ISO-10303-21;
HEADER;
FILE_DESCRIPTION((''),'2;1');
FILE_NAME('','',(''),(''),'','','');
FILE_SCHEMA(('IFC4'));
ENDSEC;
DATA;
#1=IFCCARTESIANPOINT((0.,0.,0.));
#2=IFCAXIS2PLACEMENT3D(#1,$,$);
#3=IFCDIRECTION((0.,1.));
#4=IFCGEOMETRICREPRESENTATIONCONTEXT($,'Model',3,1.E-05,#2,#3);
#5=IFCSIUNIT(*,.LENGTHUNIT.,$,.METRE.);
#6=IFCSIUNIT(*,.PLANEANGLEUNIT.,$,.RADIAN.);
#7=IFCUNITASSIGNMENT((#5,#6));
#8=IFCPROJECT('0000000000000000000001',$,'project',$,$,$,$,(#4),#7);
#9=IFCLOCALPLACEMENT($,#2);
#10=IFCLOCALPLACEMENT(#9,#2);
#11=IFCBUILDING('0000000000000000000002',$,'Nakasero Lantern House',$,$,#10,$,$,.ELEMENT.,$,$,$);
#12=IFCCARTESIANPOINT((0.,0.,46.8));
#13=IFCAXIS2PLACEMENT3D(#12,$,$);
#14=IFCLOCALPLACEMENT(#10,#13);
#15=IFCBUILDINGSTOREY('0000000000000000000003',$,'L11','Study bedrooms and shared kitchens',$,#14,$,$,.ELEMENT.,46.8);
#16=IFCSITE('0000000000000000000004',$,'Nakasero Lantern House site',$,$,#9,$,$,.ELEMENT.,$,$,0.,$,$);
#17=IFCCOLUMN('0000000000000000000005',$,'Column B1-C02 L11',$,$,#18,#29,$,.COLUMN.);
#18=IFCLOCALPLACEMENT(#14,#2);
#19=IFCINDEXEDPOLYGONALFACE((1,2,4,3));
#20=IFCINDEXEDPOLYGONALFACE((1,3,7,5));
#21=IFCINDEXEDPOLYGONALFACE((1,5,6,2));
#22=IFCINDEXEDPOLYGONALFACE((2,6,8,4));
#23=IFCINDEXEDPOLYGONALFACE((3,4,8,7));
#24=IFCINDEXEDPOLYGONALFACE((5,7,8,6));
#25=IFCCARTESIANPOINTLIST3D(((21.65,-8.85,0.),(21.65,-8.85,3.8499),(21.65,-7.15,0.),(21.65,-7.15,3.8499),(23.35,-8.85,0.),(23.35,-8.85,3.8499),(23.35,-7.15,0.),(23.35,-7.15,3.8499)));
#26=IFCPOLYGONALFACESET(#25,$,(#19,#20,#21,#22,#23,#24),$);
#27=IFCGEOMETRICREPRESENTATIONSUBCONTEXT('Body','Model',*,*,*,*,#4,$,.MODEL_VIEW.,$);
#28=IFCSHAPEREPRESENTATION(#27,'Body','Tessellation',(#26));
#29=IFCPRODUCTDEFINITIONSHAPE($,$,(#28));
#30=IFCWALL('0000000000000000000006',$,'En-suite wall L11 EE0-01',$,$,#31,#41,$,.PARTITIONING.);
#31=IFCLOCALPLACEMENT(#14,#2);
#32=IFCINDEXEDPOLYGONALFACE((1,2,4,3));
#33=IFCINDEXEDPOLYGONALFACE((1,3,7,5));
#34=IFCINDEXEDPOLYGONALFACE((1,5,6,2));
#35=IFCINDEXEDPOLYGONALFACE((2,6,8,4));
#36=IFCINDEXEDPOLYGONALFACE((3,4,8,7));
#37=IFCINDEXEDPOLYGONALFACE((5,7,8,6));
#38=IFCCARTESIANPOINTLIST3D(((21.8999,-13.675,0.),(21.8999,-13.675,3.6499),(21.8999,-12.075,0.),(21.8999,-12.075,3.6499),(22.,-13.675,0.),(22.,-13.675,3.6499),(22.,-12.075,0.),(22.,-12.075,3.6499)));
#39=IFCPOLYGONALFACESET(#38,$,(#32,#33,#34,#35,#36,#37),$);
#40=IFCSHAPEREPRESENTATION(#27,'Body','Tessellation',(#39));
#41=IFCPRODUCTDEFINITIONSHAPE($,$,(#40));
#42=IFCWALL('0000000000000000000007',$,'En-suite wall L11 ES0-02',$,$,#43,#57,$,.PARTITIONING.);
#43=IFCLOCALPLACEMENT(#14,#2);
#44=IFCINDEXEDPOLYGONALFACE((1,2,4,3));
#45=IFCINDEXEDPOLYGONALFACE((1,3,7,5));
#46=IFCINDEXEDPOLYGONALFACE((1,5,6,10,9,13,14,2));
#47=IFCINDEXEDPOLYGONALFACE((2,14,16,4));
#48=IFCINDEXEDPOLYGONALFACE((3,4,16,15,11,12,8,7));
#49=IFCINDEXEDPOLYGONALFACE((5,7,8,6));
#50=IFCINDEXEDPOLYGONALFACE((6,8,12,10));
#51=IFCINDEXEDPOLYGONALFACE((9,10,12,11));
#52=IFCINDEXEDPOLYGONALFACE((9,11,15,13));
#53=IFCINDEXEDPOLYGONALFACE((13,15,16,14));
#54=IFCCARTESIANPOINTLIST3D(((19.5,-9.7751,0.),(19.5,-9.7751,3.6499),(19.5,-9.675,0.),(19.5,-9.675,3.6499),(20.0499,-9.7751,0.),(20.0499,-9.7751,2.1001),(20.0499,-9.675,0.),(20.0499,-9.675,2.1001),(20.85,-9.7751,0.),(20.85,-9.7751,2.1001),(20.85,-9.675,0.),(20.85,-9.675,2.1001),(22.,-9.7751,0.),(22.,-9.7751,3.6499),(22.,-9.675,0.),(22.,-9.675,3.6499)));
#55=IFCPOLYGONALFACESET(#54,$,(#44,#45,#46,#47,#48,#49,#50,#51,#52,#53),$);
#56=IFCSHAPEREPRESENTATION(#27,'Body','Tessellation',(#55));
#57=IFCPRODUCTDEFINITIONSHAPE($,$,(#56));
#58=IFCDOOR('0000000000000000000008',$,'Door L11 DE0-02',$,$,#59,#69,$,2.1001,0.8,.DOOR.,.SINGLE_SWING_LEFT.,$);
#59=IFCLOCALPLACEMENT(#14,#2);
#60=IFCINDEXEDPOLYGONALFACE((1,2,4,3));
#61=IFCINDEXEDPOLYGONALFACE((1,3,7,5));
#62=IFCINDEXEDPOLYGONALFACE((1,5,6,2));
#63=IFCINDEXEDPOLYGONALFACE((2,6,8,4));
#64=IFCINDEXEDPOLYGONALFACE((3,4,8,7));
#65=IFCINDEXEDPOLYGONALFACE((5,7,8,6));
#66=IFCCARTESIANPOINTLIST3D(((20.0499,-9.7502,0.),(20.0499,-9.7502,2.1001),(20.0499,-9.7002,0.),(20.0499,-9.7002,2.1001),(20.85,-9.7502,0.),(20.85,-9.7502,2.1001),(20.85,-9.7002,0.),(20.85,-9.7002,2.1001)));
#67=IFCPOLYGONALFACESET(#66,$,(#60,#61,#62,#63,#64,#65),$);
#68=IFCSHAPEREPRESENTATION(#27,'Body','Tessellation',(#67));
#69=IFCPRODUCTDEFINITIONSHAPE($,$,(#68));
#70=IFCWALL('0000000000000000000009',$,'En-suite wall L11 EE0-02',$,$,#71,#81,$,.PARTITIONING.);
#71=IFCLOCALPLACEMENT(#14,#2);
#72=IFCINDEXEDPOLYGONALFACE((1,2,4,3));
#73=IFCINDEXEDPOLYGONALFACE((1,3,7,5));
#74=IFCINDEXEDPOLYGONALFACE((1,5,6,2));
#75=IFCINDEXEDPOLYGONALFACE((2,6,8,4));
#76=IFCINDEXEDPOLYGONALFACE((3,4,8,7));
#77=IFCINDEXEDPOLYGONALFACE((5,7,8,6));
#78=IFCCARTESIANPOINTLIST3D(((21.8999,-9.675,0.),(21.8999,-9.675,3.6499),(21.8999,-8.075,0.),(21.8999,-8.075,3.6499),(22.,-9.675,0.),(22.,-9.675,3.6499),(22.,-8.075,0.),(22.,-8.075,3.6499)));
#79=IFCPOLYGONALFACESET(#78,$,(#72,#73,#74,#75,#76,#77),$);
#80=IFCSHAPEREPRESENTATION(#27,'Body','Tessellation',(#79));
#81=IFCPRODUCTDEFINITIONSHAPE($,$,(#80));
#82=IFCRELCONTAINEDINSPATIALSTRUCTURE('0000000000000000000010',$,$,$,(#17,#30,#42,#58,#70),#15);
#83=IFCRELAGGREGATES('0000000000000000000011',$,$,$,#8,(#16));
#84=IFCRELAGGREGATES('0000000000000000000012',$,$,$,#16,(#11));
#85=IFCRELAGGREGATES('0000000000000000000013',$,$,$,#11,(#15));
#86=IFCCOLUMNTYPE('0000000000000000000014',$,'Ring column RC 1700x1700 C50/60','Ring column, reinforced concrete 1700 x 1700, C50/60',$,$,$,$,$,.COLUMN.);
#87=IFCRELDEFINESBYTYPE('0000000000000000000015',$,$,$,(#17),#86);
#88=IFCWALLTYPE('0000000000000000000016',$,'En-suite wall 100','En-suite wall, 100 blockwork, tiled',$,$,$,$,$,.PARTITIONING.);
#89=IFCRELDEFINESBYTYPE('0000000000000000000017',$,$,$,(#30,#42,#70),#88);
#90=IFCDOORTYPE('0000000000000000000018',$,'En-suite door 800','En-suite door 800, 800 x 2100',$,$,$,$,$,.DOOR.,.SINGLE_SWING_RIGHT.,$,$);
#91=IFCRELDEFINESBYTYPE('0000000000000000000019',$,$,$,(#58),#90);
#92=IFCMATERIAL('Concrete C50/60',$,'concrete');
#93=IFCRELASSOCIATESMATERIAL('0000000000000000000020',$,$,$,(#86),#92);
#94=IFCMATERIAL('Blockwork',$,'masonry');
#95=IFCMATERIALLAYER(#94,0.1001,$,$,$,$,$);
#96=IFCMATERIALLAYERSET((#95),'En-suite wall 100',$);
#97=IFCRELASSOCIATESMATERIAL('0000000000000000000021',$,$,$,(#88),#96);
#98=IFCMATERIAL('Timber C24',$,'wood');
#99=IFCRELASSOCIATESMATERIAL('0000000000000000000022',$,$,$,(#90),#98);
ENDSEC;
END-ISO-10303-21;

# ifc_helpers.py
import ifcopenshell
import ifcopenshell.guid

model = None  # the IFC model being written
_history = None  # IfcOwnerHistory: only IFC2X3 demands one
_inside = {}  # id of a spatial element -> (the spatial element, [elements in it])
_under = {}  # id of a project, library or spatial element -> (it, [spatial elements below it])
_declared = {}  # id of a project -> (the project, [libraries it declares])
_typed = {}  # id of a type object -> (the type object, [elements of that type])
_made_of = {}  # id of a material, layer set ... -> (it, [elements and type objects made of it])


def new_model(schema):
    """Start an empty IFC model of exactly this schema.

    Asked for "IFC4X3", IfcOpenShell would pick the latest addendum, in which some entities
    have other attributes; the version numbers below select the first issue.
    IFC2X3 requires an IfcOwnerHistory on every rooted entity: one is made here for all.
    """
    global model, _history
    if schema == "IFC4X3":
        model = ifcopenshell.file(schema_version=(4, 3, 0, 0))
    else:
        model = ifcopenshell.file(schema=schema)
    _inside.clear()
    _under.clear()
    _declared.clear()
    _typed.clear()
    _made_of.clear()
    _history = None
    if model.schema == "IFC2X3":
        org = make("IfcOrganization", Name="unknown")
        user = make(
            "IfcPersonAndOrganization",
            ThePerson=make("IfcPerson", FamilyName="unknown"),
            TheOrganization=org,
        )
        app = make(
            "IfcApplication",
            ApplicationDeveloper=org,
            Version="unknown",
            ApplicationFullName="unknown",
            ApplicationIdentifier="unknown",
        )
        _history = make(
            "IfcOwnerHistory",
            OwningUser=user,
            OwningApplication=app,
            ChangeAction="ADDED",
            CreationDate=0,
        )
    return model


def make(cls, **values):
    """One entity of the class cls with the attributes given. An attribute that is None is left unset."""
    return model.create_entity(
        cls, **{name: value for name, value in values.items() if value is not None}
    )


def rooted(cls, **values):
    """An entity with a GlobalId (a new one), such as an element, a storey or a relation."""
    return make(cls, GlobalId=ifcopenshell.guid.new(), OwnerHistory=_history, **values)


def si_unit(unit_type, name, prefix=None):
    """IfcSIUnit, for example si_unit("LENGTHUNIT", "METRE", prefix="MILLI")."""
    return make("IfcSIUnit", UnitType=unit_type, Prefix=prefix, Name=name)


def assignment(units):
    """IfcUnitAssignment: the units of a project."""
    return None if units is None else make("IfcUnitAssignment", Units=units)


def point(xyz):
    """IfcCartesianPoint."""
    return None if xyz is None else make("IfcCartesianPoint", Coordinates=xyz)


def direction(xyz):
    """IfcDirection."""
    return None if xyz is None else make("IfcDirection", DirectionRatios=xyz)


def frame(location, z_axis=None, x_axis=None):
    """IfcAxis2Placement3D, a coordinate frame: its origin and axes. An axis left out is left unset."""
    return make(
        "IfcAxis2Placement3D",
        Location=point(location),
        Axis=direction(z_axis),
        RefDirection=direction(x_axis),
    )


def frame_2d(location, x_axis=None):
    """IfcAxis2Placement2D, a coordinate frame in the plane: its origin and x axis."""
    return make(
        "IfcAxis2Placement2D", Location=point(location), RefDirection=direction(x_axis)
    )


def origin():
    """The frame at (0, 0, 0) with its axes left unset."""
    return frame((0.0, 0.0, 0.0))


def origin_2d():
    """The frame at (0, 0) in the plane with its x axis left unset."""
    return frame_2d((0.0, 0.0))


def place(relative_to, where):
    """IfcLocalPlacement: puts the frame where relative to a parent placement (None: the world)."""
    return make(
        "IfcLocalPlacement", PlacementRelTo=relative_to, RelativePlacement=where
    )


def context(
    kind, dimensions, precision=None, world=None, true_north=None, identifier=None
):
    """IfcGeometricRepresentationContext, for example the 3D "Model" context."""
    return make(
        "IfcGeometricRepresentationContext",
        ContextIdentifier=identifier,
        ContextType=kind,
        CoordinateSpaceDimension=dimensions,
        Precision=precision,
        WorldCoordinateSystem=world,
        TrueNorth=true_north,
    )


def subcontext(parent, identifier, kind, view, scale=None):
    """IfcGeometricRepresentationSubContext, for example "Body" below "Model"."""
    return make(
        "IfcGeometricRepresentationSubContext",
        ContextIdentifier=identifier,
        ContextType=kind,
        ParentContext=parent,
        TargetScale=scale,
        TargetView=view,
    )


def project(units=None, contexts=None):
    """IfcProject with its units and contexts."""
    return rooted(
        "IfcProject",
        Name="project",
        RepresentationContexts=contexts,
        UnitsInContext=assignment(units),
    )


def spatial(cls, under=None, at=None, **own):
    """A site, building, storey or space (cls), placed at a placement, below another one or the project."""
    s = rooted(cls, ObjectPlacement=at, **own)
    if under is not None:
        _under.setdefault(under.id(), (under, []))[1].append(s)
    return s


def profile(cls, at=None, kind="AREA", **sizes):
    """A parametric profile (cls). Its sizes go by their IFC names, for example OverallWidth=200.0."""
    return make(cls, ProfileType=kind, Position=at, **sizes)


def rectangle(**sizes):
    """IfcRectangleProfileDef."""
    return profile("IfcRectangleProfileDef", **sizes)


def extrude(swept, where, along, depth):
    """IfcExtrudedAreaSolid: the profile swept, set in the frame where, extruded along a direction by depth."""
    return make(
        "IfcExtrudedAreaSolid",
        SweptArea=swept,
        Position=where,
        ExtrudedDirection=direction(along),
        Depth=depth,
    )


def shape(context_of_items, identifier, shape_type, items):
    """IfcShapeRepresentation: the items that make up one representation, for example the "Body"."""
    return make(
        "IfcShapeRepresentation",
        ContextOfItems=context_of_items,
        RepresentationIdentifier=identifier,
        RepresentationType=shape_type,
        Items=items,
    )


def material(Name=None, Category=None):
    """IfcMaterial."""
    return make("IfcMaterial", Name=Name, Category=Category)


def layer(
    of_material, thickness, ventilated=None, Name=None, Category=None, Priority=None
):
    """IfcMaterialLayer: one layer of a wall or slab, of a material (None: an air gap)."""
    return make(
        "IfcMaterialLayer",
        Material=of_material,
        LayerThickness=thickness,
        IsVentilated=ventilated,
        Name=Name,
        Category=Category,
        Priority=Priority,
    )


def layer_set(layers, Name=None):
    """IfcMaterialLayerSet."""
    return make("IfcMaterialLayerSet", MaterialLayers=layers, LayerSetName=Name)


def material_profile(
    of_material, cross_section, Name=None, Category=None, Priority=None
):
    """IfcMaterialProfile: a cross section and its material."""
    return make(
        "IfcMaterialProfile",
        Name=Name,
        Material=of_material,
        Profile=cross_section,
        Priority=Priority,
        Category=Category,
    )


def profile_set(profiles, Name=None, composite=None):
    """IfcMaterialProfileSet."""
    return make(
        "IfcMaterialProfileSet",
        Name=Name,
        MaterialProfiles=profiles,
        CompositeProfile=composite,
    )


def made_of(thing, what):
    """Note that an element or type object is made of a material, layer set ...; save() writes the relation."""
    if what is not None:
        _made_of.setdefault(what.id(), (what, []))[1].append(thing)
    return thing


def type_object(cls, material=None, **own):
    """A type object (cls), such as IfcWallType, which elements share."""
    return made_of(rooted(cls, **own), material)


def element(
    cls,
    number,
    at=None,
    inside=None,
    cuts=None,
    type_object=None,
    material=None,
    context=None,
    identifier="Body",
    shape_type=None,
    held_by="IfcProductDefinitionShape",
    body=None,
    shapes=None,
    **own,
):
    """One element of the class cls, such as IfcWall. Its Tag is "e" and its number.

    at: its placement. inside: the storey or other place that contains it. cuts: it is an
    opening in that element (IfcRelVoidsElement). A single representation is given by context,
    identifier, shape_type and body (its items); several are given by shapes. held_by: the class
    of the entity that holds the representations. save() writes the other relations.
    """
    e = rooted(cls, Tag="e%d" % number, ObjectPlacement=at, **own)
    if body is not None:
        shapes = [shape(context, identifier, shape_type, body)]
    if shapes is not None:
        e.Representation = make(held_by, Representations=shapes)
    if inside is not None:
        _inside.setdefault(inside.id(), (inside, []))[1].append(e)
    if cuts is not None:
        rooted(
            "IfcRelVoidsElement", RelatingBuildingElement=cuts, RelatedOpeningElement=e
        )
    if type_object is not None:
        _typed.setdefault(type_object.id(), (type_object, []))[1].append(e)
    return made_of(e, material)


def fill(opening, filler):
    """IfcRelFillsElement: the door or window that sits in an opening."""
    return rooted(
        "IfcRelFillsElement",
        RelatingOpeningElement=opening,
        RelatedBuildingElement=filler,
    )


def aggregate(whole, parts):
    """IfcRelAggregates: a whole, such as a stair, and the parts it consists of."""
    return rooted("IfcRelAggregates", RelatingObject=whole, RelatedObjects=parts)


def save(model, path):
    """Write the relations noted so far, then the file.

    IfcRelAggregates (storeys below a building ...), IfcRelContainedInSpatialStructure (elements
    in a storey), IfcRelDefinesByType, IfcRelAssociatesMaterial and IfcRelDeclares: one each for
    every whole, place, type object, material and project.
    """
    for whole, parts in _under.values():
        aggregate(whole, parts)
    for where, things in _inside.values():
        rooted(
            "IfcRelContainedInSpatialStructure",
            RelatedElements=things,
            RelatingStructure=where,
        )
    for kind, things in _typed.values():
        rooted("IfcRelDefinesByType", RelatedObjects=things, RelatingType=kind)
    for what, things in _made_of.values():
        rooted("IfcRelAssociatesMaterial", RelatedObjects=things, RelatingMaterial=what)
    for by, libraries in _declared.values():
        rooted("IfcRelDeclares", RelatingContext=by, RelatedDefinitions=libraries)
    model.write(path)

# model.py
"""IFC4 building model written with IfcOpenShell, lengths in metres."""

from ifc_helpers import new_model, si_unit, direction, frame, frame_2d, origin, origin_2d, place, context, subcontext, project, spatial, rectangle, extrude, material, layer, layer_set, material_profile, profile_set, type_object, element, fill, save


model = new_model("IFC4")

# Units and contexts
model_context = context("Model", 3, precision=1e-05, world=origin(), true_north=direction((0.0, 1.0)))
body_context = subcontext(model_context, "Body", "Model", "MODEL_VIEW")
ifc_project = project(units=[si_unit("LENGTHUNIT", "METRE"), si_unit("PLANEANGLEUNIT", "RADIAN")], contexts=[model_context])

# Site, building, storey
site_placement = place(None, origin())
site = spatial("IfcSite", under=ifc_project, at=site_placement, Name="Nakasero Lantern House site", CompositionType="ELEMENT", RefElevation=0.0)
building_placement = place(site_placement, origin())
building = spatial("IfcBuilding", under=site, at=building_placement, Name="Nakasero Lantern House", CompositionType="ELEMENT")
storey_placement = place(building_placement, frame((0.0, 0.0, 46.8)))
storey = spatial("IfcBuildingStorey", under=building, at=storey_placement, Name="L11", Description="Study bedrooms and shared kitchens", CompositionType="ELEMENT", Elevation=46.8)

# Column
ifc_material_1 = material(Name="Concrete C50/60", Category="concrete")
ifc_material_profile = material_profile(ifc_material_1, rectangle(XDim=1.7, YDim=1.7, at=origin_2d()), Name="RC 1700x1700")
ifc_profile_set = profile_set([ifc_material_profile], Name="Concrete C50/60")
column_type = type_object("IfcColumnType", Name="Ring column RC 1700x1700 C50/60", Description="Ring column, reinforced concrete 1700 x 1700, C50/60", PredefinedType="COLUMN", material=ifc_profile_set)
column_placement = place(storey_placement, frame((22.5, -8.0, 0.0), z_axis=(0.0, 0.0, 1.0), x_axis=(1.0, 0.0, 0.0)))
element("IfcColumn", 1, at=column_placement, inside=storey, type_object=column_type, Name="Column B1-C02 L11", PredefinedType="COLUMN", context=body_context, shape_type="SweptSolid", body=[
    extrude(rectangle(XDim=1.7, YDim=1.7, at=origin_2d()), origin(), (0.0, 0.0, 1.0), 3.8499),
])

# Wall
ifc_material_2 = material(Name="Blockwork", Category="masonry")
ifc_layer_1 = layer(ifc_material_2, 0.1001)
ifc_layer_set_1 = layer_set([ifc_layer_1], Name="En-suite wall 100")
wall_type_1 = type_object("IfcWallType", Name="En-suite wall 100", Description="En-suite wall, 100 blockwork, tiled", PredefinedType="PARTITIONING", material=ifc_layer_set_1)
wall_1_placement = place(storey_placement, frame((21.95, -13.675, 0.0), z_axis=(0.0, 0.0, 1.0), x_axis=(0.0, 1.0, 0.0)))
element("IfcWall", 2, at=wall_1_placement, inside=storey, type_object=wall_type_1, Name="En-suite wall L11 EE0-01", PredefinedType="PARTITIONING", context=body_context, shape_type="SweptSolid", body=[
    extrude(rectangle(XDim=1.6001, YDim=0.1001, at=frame_2d((0.8, 0.0))), origin(), (0.0, 0.0, 1.0), 3.6499),
])

# Wall, opening, door
wall_2_placement = place(storey_placement, frame((19.5, -9.7251, 0.0), z_axis=(0.0, 0.0, 1.0), x_axis=(1.0, 0.0, 0.0)))
wall_2 = element("IfcWall", 3, at=wall_2_placement, inside=storey, type_object=wall_type_1, Name="En-suite wall L11 ES0-02", PredefinedType="PARTITIONING", context=body_context, shape_type="SweptSolid", body=[
    extrude(rectangle(XDim=2.5, YDim=0.1001, at=frame_2d((1.25, 0.0))), origin(), (0.0, 0.0, 1.0), 3.6499),
])
opening_1_placement = place(wall_2_placement, frame((0.55, 0.0, 0.0)))
opening_1 = element("IfcOpeningElement", 4, at=opening_1_placement, cuts=wall_2, PredefinedType="OPENING", context=body_context, shape_type="SweptSolid", body=[
    extrude(rectangle(XDim=0.8, YDim=2.1001, at=frame_2d((0.3999, 1.05))), frame((0.0, 0.0701, 0.0), z_axis=(0.0, -1.0, 0.0), x_axis=(1.0, 0.0, 0.0)), (0.0, 0.0, 1.0), 0.1401),
])
ifc_material_3 = material(Name="Timber C24", Category="wood")
door_type_1 = type_object("IfcDoorType", Name="En-suite door 800", Description="En-suite door 800, 800 x 2100", OperationType="SINGLE_SWING_RIGHT", PredefinedType="DOOR", material=ifc_material_3)
door_1_placement = place(opening_1_placement, origin())
door_1 = element("IfcDoor", 5, at=door_1_placement, inside=storey, type_object=door_type_1, Name="Door L11 DE0-02", OperationType="SINGLE_SWING_LEFT", OverallHeight=2.1001, OverallWidth=0.8, PredefinedType="DOOR", context=body_context, shape_type="SweptSolid", body=[
    extrude(rectangle(XDim=0.8, YDim=2.1001, at=frame_2d((0.3999, 1.05))), frame((0.0, 0.0249, 0.0), z_axis=(0.0, -1.0, 0.0), x_axis=(1.0, 0.0, 0.0)), (0.0, 0.0, 1.0), 0.05),
])
fill(opening_1, door_1)

# Wall
wall_3_placement = place(storey_placement, frame((21.95, -9.675, 0.0), z_axis=(0.0, 0.0, 1.0), x_axis=(0.0, 1.0, 0.0)))
element("IfcWall", 6, at=wall_3_placement, inside=storey, type_object=wall_type_1, Name="En-suite wall L11 EE0-02", PredefinedType="PARTITIONING", context=body_context, shape_type="SweptSolid", body=[
    extrude(rectangle(XDim=1.6001, YDim=0.1001, at=frame_2d((0.8, 0.0))), origin(), (0.0, 0.0, 1.0), 3.6499),
])

save(model, "model.ifc")
